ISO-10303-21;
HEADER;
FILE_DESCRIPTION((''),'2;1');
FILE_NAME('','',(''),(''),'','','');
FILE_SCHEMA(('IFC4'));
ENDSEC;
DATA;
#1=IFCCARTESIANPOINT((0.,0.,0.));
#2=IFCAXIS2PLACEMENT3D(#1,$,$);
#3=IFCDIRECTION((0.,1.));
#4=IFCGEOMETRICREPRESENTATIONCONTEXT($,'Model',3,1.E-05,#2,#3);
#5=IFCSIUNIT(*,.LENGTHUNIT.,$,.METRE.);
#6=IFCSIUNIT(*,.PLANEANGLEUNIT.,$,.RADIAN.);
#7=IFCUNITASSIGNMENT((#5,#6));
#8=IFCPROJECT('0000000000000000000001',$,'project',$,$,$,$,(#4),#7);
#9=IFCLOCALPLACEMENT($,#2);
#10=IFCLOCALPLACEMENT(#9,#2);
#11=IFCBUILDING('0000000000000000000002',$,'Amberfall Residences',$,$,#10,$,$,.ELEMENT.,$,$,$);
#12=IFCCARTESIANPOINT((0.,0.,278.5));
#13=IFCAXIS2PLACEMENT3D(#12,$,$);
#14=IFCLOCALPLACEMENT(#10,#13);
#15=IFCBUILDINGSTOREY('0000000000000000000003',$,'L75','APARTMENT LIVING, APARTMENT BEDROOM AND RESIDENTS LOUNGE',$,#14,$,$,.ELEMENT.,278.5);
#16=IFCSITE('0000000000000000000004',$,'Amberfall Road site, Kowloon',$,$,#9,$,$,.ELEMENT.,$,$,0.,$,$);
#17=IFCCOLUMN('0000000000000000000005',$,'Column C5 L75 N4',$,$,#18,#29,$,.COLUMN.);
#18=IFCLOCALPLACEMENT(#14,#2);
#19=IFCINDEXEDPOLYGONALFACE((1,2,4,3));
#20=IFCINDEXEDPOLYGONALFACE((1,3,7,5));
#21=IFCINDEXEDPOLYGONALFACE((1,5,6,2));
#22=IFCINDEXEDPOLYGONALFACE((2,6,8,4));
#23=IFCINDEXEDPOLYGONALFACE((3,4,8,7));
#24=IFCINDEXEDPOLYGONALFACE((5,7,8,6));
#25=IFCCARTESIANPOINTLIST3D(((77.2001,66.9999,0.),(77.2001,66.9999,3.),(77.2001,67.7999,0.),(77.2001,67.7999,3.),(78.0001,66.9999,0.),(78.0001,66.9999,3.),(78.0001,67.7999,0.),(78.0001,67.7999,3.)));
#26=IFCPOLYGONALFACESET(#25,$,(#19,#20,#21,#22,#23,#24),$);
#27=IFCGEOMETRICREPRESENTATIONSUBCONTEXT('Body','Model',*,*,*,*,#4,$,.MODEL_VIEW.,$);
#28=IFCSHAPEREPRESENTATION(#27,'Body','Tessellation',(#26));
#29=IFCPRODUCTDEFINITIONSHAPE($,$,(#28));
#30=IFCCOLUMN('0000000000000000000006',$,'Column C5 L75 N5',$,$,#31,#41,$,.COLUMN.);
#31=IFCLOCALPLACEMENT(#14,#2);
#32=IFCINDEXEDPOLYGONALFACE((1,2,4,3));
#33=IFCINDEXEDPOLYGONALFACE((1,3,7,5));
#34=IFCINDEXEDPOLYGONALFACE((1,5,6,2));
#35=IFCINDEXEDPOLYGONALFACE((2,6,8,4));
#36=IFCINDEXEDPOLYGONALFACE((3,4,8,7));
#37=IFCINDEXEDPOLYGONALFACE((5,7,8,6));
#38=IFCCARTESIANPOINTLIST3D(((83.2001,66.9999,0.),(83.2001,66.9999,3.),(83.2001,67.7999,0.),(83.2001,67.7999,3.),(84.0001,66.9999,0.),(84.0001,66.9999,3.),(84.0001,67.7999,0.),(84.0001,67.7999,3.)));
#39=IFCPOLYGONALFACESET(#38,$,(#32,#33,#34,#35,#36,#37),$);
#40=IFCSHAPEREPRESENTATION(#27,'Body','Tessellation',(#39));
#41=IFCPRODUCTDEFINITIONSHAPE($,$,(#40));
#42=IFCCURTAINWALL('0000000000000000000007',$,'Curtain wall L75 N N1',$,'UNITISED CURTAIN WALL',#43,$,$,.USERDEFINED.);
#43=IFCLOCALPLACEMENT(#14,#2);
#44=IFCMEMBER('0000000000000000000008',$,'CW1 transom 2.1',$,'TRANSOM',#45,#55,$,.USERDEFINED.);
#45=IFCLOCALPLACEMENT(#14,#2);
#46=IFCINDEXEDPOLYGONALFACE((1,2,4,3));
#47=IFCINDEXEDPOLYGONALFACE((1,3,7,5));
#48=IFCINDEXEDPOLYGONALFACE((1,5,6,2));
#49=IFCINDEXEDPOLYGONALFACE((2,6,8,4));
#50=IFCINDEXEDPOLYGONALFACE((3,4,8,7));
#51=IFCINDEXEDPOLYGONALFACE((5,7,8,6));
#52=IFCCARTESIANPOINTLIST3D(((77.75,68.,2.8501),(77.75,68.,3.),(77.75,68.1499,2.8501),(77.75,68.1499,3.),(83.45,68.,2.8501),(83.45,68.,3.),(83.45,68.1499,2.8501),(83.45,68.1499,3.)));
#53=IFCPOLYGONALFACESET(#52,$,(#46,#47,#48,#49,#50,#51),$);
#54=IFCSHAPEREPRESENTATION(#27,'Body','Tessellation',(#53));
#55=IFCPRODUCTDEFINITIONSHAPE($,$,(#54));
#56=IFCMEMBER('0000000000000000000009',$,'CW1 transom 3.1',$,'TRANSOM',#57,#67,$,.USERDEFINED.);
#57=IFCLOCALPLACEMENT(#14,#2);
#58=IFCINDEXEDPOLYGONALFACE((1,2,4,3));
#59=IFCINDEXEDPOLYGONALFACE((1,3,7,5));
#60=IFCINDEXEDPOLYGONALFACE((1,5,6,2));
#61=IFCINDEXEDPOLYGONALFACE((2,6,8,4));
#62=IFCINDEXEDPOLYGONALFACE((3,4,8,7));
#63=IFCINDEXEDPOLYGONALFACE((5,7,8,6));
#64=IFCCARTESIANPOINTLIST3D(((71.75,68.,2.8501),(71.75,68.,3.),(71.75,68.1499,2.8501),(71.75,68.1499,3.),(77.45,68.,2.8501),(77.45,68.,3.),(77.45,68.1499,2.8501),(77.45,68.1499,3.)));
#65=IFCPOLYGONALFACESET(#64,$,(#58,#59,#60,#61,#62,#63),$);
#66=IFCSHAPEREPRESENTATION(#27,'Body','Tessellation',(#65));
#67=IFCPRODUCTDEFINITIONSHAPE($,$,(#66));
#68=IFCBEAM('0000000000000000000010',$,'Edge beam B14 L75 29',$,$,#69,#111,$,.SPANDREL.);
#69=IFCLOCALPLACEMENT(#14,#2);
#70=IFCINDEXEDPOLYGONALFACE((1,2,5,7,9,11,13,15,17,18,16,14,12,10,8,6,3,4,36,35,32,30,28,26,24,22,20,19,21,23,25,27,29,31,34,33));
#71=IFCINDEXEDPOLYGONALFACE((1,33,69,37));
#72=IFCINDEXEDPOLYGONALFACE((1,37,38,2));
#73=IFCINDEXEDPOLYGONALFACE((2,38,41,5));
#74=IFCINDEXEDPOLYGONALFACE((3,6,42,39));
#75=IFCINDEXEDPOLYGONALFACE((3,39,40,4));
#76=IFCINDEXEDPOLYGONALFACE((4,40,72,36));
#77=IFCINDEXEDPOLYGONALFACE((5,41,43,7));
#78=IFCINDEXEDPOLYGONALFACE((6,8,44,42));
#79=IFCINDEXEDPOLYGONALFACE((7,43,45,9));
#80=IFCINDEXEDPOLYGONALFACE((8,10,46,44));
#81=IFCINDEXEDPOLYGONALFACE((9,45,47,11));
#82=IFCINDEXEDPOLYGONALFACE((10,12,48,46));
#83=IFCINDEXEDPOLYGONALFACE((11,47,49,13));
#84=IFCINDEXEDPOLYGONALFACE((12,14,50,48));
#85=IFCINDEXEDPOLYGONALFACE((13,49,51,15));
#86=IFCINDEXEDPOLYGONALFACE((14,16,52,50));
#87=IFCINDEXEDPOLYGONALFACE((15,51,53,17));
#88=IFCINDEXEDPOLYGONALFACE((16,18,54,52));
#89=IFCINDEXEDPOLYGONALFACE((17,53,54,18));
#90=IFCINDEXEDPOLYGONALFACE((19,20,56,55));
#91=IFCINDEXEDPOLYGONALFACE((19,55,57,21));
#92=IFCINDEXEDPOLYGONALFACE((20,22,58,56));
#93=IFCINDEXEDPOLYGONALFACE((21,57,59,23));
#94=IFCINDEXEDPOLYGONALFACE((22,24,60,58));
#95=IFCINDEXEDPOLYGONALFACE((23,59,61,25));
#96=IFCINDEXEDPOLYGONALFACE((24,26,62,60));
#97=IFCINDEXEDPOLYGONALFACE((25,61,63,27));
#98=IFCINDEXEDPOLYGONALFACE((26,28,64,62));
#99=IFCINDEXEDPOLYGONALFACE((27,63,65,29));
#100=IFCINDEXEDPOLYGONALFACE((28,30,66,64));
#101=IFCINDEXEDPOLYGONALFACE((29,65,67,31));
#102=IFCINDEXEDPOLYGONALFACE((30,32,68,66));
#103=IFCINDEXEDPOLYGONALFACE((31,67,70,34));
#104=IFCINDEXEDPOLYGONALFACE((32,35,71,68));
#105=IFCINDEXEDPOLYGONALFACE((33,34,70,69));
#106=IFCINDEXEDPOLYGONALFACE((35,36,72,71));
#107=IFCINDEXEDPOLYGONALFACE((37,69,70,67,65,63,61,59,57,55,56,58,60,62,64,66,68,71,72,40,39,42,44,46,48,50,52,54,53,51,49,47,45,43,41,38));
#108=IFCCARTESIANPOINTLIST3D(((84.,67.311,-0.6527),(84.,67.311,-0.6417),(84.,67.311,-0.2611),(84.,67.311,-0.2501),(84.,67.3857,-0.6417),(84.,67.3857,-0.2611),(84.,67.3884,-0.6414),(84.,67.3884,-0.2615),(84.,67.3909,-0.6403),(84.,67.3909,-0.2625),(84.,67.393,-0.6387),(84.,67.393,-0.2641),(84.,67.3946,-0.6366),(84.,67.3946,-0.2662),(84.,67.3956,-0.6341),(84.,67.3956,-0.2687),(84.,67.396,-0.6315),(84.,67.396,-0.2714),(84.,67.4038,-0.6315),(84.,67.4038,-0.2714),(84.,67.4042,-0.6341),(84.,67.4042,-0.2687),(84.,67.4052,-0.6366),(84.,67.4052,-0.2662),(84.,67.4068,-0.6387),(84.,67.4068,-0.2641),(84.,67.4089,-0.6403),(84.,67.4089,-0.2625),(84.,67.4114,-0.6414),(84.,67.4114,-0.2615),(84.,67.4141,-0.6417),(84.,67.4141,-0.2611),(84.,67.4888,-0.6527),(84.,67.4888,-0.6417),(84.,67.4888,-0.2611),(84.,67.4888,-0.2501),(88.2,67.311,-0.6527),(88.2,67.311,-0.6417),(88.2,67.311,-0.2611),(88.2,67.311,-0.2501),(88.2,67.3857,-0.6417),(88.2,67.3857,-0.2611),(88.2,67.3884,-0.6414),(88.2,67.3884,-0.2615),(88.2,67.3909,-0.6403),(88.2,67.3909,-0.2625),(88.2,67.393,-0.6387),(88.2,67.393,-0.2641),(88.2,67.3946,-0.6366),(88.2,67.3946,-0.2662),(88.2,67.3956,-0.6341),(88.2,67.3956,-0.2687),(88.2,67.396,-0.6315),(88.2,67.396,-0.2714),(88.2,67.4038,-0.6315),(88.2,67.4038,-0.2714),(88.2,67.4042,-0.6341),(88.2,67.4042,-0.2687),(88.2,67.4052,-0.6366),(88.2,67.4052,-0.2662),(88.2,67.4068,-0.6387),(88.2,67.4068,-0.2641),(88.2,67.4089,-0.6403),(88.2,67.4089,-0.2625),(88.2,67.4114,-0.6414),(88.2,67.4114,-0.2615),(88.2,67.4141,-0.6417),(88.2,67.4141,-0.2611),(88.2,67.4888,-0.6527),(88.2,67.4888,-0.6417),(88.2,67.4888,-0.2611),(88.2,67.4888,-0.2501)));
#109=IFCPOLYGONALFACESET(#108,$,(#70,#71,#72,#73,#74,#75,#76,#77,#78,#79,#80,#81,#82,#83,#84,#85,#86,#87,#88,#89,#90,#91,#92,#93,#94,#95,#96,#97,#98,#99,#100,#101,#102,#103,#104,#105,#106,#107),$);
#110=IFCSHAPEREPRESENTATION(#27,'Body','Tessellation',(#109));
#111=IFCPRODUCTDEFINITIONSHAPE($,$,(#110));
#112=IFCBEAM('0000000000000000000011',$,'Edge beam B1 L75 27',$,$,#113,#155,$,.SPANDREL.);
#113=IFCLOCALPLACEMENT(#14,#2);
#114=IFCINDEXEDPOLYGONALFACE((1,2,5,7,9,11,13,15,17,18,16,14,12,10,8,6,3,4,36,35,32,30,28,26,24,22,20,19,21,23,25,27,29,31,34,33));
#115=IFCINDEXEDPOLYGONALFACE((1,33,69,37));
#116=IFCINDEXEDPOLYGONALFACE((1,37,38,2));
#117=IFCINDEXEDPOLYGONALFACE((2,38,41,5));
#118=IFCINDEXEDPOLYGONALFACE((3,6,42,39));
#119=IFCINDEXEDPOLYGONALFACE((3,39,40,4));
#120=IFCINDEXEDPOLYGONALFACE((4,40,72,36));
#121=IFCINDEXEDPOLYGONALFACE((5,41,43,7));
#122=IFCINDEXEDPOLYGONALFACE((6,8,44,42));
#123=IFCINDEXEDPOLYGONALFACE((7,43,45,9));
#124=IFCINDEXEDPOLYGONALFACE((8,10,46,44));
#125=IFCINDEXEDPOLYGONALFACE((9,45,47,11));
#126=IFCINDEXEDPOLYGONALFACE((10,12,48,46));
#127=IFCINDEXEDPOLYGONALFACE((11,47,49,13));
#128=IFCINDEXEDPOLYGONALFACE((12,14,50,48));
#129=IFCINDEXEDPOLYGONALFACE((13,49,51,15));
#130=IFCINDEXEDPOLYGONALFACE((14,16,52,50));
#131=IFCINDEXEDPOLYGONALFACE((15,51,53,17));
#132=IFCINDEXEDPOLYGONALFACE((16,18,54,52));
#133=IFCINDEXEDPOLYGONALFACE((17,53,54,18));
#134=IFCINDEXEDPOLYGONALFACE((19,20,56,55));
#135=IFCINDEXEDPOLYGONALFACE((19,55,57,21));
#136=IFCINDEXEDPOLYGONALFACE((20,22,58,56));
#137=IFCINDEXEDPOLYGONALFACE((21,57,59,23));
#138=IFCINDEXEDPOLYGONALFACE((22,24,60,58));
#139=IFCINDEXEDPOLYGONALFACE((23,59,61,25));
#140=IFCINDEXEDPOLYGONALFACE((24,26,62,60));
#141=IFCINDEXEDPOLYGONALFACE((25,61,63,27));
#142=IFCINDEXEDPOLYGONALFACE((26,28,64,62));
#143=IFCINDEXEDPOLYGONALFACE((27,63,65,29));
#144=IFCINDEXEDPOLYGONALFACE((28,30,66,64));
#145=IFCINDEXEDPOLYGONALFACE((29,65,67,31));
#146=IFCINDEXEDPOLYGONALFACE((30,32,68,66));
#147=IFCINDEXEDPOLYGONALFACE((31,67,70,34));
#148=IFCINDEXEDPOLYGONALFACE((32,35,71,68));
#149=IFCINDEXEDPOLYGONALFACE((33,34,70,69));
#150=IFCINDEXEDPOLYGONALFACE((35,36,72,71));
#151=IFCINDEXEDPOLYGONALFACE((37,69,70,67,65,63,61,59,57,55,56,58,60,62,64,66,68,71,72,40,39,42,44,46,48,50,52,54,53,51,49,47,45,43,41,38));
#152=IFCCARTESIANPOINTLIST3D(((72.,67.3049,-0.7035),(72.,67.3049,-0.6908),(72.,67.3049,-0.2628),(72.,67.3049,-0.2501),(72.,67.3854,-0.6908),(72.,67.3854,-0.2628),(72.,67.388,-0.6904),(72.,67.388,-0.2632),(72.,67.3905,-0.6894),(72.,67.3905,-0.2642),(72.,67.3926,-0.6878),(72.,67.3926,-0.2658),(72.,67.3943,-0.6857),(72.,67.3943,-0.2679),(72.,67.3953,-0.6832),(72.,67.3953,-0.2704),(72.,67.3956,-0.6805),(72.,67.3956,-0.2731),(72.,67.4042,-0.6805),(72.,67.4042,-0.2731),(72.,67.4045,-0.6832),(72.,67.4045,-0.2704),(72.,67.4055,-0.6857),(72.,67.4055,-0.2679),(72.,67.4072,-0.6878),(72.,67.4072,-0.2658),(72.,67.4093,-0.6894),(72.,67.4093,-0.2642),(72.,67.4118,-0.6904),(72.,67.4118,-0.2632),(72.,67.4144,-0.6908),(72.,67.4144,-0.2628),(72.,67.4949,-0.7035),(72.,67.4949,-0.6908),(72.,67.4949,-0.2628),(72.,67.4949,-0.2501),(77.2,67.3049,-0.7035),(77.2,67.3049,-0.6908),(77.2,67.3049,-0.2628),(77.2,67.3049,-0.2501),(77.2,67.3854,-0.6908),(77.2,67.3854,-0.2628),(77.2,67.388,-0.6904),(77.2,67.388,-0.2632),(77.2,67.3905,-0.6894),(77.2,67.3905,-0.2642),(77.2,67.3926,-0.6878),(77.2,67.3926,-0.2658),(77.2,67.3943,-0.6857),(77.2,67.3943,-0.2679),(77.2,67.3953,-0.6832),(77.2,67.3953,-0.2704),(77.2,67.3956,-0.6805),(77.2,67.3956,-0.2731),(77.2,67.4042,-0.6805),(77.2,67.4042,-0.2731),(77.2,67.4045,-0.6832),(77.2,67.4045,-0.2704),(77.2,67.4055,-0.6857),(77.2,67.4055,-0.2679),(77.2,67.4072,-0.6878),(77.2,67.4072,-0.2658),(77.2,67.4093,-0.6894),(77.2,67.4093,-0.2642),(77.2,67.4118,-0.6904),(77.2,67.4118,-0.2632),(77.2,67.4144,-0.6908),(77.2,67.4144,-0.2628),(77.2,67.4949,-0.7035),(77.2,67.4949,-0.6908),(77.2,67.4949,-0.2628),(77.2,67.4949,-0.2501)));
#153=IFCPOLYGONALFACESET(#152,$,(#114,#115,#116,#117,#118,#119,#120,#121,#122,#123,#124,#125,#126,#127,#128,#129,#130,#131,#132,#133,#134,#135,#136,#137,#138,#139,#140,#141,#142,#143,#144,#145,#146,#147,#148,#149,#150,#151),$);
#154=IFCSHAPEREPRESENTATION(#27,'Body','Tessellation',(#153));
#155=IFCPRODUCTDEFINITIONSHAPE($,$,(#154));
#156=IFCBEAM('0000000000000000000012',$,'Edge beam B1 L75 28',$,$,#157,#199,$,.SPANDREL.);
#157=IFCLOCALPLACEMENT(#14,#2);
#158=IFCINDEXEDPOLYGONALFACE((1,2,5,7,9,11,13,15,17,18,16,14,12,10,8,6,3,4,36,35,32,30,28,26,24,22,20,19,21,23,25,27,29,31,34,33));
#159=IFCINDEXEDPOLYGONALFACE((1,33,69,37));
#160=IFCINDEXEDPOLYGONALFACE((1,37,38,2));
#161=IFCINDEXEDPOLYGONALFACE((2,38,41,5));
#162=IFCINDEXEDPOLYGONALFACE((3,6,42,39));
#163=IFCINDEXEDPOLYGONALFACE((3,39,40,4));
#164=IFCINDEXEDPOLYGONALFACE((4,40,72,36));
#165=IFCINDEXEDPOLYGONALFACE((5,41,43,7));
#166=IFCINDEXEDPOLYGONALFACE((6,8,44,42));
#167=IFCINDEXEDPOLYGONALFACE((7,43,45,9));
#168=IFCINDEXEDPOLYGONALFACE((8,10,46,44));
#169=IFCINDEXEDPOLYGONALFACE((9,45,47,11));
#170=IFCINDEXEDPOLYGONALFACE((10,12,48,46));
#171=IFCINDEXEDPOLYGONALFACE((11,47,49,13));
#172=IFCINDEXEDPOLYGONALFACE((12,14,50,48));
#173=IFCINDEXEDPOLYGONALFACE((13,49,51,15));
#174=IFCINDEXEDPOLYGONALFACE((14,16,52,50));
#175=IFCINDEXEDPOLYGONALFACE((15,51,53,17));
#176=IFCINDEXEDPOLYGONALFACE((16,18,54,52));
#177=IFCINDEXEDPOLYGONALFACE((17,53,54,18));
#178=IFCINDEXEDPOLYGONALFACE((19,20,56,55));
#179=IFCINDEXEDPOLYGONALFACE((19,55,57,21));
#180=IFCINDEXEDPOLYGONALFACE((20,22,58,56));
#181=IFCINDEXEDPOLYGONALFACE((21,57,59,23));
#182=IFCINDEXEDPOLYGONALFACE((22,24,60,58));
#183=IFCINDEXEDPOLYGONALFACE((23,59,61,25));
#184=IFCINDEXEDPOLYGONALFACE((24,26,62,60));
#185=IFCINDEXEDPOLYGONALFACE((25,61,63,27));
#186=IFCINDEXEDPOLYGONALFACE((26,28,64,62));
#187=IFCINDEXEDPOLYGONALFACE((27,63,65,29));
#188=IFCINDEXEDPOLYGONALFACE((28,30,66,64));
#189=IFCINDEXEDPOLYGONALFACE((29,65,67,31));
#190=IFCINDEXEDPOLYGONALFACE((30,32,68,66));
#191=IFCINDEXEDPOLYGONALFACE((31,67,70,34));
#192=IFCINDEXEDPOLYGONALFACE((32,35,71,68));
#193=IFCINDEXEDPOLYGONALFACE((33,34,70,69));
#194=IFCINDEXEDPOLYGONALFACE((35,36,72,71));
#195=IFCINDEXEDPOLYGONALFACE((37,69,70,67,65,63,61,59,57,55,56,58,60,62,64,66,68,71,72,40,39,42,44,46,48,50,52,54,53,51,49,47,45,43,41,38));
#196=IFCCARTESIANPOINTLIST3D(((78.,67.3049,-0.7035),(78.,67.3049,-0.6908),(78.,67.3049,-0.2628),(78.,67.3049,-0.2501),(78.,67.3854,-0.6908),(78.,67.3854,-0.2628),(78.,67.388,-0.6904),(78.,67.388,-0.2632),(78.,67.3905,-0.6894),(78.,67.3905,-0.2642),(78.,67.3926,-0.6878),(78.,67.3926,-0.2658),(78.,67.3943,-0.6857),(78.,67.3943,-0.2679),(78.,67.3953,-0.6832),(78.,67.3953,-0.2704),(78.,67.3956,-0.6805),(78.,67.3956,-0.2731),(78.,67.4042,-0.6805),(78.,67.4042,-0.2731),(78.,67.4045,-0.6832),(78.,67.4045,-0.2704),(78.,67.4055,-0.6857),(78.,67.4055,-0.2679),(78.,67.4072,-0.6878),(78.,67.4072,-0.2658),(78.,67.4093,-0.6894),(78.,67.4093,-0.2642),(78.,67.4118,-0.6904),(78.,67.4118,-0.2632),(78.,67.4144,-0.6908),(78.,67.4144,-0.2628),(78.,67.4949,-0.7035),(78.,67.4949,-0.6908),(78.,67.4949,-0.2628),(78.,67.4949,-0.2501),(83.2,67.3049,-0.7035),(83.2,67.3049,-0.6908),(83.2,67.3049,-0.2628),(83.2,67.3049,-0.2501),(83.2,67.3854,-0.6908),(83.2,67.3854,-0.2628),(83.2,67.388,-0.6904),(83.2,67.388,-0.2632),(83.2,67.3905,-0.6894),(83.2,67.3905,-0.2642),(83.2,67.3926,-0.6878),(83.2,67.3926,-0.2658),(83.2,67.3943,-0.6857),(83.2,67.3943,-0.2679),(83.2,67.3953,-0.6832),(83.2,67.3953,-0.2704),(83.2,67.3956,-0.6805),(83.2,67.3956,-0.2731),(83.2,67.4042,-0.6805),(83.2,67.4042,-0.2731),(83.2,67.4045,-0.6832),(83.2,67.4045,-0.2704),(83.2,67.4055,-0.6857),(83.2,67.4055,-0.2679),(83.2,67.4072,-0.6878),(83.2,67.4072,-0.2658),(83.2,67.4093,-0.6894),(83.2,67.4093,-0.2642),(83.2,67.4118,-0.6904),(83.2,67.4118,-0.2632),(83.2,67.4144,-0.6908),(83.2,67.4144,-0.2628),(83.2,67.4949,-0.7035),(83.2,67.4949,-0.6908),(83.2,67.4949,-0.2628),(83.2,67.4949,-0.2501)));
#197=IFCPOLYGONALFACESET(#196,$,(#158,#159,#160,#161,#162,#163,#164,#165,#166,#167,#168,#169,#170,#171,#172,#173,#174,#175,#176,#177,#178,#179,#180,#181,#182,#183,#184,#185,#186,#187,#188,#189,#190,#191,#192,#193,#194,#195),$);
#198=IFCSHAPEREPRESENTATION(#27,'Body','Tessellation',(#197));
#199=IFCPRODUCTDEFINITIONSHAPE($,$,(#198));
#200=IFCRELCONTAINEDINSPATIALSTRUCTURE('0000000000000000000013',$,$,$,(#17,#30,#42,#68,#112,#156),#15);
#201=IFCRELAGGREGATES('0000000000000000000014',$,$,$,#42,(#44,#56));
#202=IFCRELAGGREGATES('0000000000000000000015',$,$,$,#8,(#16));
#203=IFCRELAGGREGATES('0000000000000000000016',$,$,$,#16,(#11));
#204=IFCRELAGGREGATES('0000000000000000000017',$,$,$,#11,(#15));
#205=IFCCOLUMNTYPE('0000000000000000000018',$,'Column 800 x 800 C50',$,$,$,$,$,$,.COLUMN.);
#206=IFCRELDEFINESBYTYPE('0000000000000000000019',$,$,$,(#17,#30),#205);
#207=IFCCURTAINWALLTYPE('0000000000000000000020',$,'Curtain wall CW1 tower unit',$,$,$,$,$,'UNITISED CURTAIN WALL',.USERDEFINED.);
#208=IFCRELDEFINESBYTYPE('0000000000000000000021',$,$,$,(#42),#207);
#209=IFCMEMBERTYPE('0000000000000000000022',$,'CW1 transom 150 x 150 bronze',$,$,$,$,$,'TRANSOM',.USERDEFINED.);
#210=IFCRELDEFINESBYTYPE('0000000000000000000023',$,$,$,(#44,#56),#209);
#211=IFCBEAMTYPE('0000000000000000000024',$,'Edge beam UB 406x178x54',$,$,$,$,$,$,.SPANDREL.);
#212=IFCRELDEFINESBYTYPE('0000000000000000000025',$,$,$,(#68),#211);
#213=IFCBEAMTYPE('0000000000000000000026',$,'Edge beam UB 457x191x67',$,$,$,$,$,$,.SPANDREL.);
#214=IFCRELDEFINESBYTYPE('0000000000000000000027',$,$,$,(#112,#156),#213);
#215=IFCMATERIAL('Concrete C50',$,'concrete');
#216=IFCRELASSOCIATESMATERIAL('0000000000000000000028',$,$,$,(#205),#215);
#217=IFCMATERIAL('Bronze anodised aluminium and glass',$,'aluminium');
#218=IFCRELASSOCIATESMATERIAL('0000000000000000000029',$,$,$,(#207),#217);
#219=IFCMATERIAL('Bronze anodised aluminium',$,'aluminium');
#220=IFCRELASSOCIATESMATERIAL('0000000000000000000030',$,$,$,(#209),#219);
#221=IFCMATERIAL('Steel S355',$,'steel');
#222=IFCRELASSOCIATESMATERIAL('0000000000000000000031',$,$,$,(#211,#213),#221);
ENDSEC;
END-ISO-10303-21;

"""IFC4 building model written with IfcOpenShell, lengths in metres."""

from ifc_helpers import new_model, si_unit, direction, frame, origin, origin_2d, place, context, subcontext, project, spatial, rectangle, i_section, extrude, material, material_profile, profile_set, type_object, element, aggregate, save


model = new_model("IFC4")

# Units and contexts
model_context = context("Model", 3, precision=1e-05, world=origin(), true_north=direction((0.0, 1.0)))
body_context = subcontext(model_context, "Body", "Model", "MODEL_VIEW")
ifc_project = project(units=[si_unit("LENGTHUNIT", "METRE"), si_unit("PLANEANGLEUNIT", "RADIAN")], contexts=[model_context])

# Site, building, storey
site_placement = place(None, origin())
site = spatial("IfcSite", under=ifc_project, at=site_placement, Name="Amberfall Road site, Kowloon", CompositionType="ELEMENT", RefElevation=0.0)
building_placement = place(site_placement, origin())
building = spatial("IfcBuilding", under=site, at=building_placement, Name="Amberfall Residences", CompositionType="ELEMENT")
storey_placement = place(building_placement, frame((0.0, 0.0, 278.5)))
storey = spatial("IfcBuildingStorey", under=building, at=storey_placement, Name="L75", Description="APARTMENT LIVING, APARTMENT BEDROOM AND RESIDENTS LOUNGE", CompositionType="ELEMENT", Elevation=278.5)

# Columns
ifc_material_1 = material(Name="Concrete C50", Category="concrete")
ifc_material_profile_1 = material_profile(ifc_material_1, rectangle(XDim=0.8, YDim=0.8, at=origin_2d()), Name="Column 800 x 800 C50")
ifc_profile_set_1 = profile_set([ifc_material_profile_1], Name="Concrete C50")
column_type = type_object("IfcColumnType", Name="Column 800 x 800 C50", PredefinedType="COLUMN", material=ifc_profile_set_1)
for number, where, z_axis, x_axis, name in (
    (1, (77.6001, 67.3999, 0.0), (0.0, 0.0, 1.0), (1.0, 0.0, 0.0), "Column C5 L75 N4"),
    (2, (83.6001, 67.3999, 0.0), (0.0, 0.0, 1.0), (1.0, 0.0, 0.0), "Column C5 L75 N5"),
):
    element("IfcColumn", number, at=place(storey_placement, frame(where, z_axis=z_axis, x_axis=x_axis)), inside=storey, type_object=column_type, Name=name, PredefinedType="COLUMN", context=body_context, shape_type="SweptSolid", body=[
        extrude(rectangle(XDim=0.8, YDim=0.8, at=origin_2d()), origin(), (0.0, 0.0, 1.0), 3.0),
    ])

# Curtain wall, members
ifc_material_2 = material(Name="Bronze anodised aluminium and glass", Category="aluminium")
curtain_wall_type = type_object("IfcCurtainWallType", Name="Curtain wall CW1 tower unit", ElementType="UNITISED CURTAIN WALL", PredefinedType="USERDEFINED", material=ifc_material_2)
curtain_wall_placement = place(storey_placement, origin())
curtain_wall = element("IfcCurtainWall", 3, at=curtain_wall_placement, inside=storey, type_object=curtain_wall_type, Name="Curtain wall L75 N N1", ObjectType="UNITISED CURTAIN WALL", PredefinedType="USERDEFINED")
ifc_material_3 = material(Name="Bronze anodised aluminium", Category="aluminium")
ifc_material_profile_2 = material_profile(ifc_material_3, rectangle(XDim=0.1499, YDim=0.1499, at=origin_2d()), Name="CW1 transom 150 x 150 bronze")
ifc_profile_set_2 = profile_set([ifc_material_profile_2], Name="Bronze anodised aluminium")
member_type_1 = type_object("IfcMemberType", Name="CW1 transom 150 x 150 bronze", ElementType="TRANSOM", PredefinedType="USERDEFINED", material=ifc_profile_set_2)
member_1_placement = place(storey_placement, frame((83.45, 68.075, 2.925), z_axis=(-1.0, 0.0, 0.0), x_axis=(0.0, -1.0, 0.0)))
member_1 = element("IfcMember", 4, at=member_1_placement, type_object=member_type_1, Name="CW1 transom 2.1", ObjectType="TRANSOM", PredefinedType="USERDEFINED", context=body_context, shape_type="SweptSolid", body=[
    extrude(rectangle(XDim=0.1499, YDim=0.1499, at=origin_2d()), origin(), (0.0, 0.0, 1.0), 5.7),
])
member_2_placement = place(storey_placement, frame((77.45, 68.075, 2.925), z_axis=(-1.0, 0.0, 0.0), x_axis=(0.0, -1.0, 0.0)))
member_2 = element("IfcMember", 5, at=member_2_placement, type_object=member_type_1, Name="CW1 transom 3.1", ObjectType="TRANSOM", PredefinedType="USERDEFINED", context=body_context, shape_type="SweptSolid", body=[
    extrude(rectangle(XDim=0.1499, YDim=0.1499, at=origin_2d()), origin(), (0.0, 0.0, 1.0), 5.7),
])

# Beams
ifc_material_4 = material(Name="Steel S355", Category="steel")
ifc_material_profile_3 = material_profile(ifc_material_4, i_section(OverallWidth=0.1777, OverallDepth=0.4026, WebThickness=0.0078, FlangeThickness=0.011, FilletRadius=0.0103, at=origin_2d()), Name="UB 406x178x54")
ifc_profile_set_3 = profile_set([ifc_material_profile_3], Name="Steel S355")
beam_type_1 = type_object("IfcBeamType", Name="Edge beam UB 406x178x54", PredefinedType="SPANDREL", material=ifc_profile_set_3)
beam_1_placement = place(storey_placement, frame((84.0, 67.3999, -0.4514), z_axis=(1.0, 0.0, 0.0), x_axis=(0.0, 1.0, 0.0)))
element("IfcBeam", 6, at=beam_1_placement, inside=storey, type_object=beam_type_1, Name="Edge beam B14 L75 29", PredefinedType="SPANDREL", context=body_context, shape_type="SweptSolid", body=[
    extrude(i_section(OverallWidth=0.1777, OverallDepth=0.4026, WebThickness=0.0078, FlangeThickness=0.011, FilletRadius=0.0103, at=origin_2d()), origin(), (0.0, 0.0, 1.0), 4.2),
])
ifc_material_profile_4 = material_profile(ifc_material_4, i_section(OverallWidth=0.1899, OverallDepth=0.4534, WebThickness=0.0085, FlangeThickness=0.0127, FilletRadius=0.0103, at=origin_2d()), Name="UB 457x191x67")
ifc_profile_set_4 = profile_set([ifc_material_profile_4], Name="Steel S355")
beam_type_2 = type_object("IfcBeamType", Name="Edge beam UB 457x191x67", PredefinedType="SPANDREL", material=ifc_profile_set_4)
for number, where, z_axis, x_axis, name in (
    (7, (72.0, 67.3999, -0.4768), (1.0, 0.0, 0.0), (0.0, 1.0, 0.0), "Edge beam B1 L75 27"),
    (8, (78.0, 67.3999, -0.4768), (1.0, 0.0, 0.0), (0.0, 1.0, 0.0), "Edge beam B1 L75 28"),
):
    element("IfcBeam", number, at=place(storey_placement, frame(where, z_axis=z_axis, x_axis=x_axis)), inside=storey, type_object=beam_type_2, Name=name, PredefinedType="SPANDREL", context=body_context, shape_type="SweptSolid", body=[
        extrude(i_section(OverallWidth=0.1899, OverallDepth=0.4534, WebThickness=0.0085, FlangeThickness=0.0127, FilletRadius=0.0103, at=origin_2d()), origin(), (0.0, 0.0, 1.0), 5.2),
    ])

aggregate(curtain_wall, [member_1, member_2])

save(model, "model.ifc")
